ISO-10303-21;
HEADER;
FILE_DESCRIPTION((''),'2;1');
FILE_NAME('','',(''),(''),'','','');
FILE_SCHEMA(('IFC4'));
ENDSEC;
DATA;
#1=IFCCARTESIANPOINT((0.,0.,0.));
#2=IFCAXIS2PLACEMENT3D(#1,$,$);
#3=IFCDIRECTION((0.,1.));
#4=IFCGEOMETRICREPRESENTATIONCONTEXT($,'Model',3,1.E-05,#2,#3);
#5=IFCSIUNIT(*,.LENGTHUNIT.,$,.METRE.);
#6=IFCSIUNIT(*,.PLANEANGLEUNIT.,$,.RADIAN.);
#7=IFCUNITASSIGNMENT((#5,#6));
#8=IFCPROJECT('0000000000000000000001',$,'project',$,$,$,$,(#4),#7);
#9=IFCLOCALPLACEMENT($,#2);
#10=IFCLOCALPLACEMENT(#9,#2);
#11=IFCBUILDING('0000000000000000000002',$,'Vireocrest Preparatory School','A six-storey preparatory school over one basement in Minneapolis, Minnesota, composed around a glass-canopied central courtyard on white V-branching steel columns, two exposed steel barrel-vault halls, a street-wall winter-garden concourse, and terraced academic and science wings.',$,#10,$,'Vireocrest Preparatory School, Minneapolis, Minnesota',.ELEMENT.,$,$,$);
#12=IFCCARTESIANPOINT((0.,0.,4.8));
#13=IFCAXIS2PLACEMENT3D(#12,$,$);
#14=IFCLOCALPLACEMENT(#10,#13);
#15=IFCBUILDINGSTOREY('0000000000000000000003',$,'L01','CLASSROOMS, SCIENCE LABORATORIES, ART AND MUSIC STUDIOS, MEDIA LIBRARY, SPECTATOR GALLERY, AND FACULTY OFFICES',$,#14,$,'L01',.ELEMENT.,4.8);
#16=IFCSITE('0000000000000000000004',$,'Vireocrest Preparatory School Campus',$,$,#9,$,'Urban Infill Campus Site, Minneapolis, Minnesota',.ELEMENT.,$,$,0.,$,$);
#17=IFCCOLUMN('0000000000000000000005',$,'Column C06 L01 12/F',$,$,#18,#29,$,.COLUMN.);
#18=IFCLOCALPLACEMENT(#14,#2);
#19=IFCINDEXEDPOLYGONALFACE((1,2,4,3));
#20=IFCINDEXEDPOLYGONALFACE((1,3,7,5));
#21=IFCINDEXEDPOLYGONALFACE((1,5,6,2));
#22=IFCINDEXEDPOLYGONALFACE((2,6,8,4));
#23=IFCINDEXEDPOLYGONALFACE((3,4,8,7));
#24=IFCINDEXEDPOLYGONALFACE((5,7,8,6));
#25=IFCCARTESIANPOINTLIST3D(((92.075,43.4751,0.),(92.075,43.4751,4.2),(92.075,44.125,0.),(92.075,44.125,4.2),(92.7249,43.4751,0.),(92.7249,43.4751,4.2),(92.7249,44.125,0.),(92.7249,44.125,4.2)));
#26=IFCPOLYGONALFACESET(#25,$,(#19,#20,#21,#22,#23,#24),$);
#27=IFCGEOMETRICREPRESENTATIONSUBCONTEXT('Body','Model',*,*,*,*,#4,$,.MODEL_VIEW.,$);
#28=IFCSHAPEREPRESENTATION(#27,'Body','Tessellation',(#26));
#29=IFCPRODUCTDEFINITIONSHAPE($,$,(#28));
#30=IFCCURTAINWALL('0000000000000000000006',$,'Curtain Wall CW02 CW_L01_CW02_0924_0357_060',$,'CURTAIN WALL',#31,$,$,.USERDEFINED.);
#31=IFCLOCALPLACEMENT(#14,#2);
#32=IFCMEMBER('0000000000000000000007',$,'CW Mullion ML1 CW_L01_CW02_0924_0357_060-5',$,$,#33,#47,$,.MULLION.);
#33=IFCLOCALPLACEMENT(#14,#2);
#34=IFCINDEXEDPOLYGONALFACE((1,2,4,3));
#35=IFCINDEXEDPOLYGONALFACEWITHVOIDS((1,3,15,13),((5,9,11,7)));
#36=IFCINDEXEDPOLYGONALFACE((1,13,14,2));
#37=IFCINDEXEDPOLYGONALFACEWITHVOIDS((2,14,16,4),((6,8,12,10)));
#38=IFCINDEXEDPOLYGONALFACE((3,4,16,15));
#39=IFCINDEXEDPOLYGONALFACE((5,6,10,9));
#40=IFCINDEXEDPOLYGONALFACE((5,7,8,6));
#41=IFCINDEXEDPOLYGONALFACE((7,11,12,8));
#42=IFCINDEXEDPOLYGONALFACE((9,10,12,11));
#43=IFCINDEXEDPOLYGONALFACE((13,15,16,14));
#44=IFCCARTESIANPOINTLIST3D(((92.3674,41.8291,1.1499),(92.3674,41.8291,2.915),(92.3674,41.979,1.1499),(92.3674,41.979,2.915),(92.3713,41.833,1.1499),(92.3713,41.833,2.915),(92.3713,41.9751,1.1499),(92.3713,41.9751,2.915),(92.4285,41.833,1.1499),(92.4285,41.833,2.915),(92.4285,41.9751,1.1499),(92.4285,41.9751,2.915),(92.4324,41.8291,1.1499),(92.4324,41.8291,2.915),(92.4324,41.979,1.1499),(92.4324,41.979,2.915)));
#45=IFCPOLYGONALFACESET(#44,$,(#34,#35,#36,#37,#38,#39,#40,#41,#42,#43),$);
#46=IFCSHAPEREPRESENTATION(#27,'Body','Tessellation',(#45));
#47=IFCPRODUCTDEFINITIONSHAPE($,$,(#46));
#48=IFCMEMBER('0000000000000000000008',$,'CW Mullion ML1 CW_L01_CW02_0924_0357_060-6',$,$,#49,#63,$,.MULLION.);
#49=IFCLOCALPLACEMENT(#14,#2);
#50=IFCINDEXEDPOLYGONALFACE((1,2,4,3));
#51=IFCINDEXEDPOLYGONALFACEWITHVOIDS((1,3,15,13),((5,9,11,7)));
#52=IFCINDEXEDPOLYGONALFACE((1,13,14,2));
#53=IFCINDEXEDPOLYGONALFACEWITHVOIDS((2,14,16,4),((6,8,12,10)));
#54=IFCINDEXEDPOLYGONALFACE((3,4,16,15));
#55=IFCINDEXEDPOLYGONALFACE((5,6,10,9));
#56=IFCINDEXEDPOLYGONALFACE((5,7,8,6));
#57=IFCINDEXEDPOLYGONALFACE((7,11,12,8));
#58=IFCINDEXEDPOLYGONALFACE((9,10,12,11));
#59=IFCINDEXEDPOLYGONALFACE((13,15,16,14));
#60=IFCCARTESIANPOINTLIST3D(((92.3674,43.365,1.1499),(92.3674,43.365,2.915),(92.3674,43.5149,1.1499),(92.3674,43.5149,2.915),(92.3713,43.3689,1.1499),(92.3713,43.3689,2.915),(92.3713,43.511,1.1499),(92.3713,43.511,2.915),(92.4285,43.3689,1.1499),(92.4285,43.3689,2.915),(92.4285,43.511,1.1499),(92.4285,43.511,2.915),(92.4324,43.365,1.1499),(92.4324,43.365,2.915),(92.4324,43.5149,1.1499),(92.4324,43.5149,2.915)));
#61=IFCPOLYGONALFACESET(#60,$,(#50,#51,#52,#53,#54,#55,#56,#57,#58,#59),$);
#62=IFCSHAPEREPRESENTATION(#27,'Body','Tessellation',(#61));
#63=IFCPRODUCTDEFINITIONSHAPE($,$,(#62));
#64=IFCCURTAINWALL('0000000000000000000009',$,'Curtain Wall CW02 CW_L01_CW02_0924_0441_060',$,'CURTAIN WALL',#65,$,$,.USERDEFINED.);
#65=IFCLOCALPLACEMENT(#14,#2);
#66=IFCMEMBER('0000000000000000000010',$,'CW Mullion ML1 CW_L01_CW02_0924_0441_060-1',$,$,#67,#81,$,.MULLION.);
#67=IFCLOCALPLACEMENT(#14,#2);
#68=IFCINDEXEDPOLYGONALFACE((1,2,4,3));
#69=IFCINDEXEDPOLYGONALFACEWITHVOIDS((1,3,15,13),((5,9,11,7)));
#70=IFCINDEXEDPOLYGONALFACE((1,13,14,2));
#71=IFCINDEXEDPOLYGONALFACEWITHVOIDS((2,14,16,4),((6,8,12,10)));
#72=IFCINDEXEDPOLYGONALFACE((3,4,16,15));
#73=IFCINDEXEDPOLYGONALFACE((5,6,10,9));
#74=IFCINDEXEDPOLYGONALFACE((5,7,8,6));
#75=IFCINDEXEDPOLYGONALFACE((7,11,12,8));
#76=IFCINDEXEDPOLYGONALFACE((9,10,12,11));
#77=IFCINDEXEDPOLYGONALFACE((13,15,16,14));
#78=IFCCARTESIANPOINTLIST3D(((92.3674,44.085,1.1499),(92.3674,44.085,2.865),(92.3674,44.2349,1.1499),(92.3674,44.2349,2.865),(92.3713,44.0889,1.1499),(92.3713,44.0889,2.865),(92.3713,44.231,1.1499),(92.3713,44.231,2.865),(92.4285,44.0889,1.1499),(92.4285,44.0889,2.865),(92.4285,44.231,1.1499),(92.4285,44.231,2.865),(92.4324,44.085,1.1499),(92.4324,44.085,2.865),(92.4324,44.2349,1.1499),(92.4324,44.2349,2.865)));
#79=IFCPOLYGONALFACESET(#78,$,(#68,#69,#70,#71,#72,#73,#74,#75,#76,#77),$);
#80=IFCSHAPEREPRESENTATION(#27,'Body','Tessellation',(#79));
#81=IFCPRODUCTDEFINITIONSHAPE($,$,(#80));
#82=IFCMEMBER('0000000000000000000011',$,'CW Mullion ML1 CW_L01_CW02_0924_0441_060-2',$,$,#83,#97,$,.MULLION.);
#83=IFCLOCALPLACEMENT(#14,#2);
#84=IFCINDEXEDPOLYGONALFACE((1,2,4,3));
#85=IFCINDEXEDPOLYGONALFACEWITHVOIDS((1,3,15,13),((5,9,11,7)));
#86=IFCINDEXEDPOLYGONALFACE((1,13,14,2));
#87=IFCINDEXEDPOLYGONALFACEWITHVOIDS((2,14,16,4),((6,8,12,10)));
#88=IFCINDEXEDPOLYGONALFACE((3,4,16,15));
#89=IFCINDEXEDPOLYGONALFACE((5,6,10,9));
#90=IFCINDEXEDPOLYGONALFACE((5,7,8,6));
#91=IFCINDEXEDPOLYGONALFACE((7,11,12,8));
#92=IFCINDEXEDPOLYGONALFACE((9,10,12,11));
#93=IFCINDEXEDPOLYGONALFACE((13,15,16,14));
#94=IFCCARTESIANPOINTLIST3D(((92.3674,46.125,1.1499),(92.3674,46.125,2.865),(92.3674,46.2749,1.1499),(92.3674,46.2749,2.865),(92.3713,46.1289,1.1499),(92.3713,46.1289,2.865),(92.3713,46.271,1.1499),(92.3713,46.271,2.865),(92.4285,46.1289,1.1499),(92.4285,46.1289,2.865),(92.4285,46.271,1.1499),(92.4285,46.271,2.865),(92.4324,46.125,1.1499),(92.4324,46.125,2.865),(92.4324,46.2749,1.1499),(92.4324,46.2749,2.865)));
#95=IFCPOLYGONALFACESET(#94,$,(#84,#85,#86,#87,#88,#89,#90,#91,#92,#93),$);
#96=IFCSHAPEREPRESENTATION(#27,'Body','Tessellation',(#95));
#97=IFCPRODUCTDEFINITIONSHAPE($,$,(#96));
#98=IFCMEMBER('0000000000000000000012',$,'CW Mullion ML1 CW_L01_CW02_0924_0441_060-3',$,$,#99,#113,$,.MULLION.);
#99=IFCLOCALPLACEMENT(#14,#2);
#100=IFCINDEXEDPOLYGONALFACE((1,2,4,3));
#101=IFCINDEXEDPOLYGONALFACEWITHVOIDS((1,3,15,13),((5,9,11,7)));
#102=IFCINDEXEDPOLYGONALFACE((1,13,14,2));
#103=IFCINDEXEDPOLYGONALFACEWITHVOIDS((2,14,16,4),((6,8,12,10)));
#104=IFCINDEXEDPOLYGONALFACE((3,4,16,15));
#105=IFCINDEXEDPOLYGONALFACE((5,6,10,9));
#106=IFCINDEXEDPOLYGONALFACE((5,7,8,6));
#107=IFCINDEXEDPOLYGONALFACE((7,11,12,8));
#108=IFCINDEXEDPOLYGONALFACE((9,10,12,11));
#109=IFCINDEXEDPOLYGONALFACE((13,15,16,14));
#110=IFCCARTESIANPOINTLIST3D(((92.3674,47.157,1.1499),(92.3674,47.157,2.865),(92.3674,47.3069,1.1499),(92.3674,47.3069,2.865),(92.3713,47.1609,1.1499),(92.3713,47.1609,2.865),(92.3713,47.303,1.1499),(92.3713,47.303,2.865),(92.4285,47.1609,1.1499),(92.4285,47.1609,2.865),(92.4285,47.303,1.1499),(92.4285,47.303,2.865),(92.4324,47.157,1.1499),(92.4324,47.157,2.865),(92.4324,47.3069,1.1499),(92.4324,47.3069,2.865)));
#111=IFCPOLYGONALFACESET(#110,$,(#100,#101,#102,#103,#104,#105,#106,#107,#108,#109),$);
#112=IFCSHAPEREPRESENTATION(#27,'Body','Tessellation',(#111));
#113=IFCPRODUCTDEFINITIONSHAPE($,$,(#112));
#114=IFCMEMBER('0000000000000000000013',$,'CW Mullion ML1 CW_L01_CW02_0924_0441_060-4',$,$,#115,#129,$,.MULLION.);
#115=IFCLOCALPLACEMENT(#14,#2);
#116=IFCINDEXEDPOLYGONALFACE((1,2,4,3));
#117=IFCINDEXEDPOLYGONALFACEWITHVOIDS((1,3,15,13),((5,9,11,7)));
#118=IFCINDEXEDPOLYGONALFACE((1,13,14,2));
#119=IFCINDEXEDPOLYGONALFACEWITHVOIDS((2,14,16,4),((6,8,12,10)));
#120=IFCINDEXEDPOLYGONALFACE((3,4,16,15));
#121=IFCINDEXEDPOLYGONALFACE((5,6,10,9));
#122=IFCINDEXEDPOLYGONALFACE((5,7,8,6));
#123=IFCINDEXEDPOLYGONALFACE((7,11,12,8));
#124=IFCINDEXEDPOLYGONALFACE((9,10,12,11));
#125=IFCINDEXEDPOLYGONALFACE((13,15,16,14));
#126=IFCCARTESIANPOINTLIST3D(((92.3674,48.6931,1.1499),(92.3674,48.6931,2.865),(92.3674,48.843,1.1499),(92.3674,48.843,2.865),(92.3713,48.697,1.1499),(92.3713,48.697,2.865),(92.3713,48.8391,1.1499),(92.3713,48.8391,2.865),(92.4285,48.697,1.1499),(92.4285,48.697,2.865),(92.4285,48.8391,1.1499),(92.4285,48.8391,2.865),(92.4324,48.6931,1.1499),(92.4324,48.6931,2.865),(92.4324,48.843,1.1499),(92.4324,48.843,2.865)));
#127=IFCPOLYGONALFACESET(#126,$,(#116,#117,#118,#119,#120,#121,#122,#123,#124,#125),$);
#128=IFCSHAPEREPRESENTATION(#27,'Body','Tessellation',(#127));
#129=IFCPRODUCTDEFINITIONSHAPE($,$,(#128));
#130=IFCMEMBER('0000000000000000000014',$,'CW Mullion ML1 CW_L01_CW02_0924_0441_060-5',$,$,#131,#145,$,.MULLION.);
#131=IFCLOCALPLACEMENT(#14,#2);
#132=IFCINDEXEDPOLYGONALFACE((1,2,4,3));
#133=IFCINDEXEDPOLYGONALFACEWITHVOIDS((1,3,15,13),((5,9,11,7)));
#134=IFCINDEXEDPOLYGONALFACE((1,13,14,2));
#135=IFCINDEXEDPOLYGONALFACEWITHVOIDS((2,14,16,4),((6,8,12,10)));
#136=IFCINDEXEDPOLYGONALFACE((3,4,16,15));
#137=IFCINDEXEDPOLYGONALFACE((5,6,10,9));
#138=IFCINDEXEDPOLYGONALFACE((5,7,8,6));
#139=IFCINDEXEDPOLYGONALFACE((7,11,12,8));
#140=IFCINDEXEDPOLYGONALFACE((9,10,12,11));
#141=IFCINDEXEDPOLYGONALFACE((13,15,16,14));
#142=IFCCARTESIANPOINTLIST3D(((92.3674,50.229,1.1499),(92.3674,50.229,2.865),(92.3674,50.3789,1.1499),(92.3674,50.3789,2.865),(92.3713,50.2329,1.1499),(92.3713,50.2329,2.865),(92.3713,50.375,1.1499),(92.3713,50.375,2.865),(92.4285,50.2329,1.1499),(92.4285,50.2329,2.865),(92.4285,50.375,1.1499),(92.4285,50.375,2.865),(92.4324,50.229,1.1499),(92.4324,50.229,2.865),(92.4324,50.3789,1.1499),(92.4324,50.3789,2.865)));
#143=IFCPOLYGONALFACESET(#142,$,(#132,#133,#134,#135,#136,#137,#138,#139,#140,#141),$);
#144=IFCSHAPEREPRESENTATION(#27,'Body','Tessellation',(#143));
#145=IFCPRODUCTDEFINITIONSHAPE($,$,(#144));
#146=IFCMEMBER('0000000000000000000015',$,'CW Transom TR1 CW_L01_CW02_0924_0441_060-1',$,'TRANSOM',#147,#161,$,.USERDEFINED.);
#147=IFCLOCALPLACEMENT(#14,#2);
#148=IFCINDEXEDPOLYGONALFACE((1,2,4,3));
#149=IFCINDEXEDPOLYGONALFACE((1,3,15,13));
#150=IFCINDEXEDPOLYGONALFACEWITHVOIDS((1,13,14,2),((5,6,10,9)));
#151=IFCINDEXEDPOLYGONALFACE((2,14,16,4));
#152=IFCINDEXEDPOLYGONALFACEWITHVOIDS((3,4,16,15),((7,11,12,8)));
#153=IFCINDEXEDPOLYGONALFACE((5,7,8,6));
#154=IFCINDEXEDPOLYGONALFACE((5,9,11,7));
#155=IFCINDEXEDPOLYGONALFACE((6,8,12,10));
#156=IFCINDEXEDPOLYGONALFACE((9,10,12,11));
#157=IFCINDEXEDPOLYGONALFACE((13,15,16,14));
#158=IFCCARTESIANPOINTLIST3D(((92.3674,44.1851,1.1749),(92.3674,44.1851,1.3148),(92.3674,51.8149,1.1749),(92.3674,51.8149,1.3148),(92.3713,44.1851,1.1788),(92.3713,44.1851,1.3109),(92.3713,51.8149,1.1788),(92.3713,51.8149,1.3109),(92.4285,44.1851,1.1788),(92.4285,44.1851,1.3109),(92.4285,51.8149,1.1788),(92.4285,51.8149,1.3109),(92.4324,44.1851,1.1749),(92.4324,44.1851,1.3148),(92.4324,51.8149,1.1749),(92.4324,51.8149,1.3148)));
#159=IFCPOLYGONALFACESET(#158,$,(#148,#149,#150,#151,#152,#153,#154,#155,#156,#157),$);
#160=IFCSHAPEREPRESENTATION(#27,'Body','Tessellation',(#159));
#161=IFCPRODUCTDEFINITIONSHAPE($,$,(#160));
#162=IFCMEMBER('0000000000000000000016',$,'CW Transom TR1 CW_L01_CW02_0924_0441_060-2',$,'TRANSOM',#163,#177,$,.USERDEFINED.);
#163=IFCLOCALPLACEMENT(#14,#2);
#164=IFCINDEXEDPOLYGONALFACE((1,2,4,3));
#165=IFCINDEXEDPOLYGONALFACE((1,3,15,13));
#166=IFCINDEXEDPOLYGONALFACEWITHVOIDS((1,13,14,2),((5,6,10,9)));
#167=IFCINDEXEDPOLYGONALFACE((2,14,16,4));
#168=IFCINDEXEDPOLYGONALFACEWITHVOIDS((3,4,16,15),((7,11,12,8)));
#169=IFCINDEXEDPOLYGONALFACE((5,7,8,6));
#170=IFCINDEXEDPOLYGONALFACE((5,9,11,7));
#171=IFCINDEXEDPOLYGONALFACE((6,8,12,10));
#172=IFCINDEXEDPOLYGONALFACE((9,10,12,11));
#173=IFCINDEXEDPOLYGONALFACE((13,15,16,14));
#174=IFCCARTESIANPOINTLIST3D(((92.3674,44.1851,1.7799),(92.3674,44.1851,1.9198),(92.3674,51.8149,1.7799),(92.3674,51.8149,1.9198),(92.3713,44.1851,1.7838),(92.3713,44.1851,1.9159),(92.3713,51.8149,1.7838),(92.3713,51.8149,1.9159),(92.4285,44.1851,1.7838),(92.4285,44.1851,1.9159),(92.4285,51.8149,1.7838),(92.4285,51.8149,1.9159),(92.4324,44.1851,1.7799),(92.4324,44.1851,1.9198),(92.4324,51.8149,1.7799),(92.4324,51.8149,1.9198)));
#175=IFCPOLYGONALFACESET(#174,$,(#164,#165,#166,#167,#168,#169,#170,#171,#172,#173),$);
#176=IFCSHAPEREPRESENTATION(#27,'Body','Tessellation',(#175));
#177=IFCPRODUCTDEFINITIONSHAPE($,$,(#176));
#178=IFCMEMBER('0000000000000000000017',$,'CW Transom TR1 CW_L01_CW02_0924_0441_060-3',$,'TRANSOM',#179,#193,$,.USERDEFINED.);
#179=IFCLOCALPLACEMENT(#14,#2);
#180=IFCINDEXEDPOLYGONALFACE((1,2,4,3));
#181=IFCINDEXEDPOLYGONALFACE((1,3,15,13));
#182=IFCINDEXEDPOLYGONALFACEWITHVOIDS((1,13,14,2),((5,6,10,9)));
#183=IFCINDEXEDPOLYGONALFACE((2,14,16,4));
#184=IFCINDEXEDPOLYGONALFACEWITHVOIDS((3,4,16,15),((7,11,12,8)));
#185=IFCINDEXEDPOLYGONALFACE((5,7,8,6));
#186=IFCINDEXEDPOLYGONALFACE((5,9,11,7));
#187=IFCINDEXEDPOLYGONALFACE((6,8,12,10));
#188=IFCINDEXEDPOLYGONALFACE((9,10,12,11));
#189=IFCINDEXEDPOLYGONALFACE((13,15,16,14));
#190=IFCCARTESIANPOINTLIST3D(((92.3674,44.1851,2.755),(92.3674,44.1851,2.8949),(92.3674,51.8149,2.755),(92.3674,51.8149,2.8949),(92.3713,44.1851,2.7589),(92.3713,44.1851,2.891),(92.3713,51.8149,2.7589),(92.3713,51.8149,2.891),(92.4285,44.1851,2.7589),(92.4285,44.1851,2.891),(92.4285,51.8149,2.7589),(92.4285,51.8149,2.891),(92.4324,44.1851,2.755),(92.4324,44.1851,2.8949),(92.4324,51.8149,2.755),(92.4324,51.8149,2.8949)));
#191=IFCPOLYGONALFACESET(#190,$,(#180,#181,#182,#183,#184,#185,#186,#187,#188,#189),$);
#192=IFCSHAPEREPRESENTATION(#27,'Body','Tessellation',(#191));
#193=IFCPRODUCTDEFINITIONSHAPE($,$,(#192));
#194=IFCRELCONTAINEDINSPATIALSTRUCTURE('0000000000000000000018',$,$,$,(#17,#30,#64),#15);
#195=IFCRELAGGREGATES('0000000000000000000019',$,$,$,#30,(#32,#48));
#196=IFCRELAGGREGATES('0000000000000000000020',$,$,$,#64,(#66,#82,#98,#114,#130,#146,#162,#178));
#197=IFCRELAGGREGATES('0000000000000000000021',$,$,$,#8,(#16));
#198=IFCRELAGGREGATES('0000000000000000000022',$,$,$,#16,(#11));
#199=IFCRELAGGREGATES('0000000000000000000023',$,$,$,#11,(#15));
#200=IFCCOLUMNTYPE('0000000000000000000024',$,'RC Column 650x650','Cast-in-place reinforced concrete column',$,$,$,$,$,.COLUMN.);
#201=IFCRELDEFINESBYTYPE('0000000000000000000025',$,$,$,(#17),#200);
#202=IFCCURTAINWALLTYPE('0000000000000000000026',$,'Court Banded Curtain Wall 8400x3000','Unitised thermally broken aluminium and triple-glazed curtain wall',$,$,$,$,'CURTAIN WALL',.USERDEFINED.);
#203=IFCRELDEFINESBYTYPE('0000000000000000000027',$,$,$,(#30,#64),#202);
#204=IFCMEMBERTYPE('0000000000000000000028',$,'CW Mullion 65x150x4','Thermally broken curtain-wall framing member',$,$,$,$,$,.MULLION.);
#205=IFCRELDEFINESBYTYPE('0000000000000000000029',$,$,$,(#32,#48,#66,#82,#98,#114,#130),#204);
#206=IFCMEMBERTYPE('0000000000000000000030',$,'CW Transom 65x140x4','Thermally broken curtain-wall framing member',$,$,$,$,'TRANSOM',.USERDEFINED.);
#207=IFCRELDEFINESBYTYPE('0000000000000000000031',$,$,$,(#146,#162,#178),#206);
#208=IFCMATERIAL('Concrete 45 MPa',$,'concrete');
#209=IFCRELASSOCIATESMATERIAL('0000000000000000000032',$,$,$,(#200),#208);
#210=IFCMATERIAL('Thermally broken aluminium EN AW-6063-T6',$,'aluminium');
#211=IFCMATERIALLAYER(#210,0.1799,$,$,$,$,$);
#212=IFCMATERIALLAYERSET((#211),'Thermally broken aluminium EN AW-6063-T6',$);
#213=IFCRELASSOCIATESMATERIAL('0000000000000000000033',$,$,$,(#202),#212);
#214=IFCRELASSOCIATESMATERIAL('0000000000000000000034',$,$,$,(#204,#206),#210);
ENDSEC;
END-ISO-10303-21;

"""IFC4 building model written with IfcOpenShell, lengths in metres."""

from ifc_helpers import new_model, si_unit, direction, frame, origin, origin_2d, place, context, subcontext, project, spatial, rectangle, hollow_rectangle, extrude, material, layer, layer_set, material_profile, profile_set, type_object, element, aggregate, save


model = new_model("IFC4")

# Units and contexts
model_context = context("Model", 3, precision=1e-05, world=origin(), true_north=direction((0.0, 1.0)))
body_context = subcontext(model_context, "Body", "Model", "MODEL_VIEW")
ifc_project = project(units=[si_unit("LENGTHUNIT", "METRE"), si_unit("PLANEANGLEUNIT", "RADIAN")], contexts=[model_context])

# Site, building, storey
site_placement = place(None, origin())
site = spatial("IfcSite", under=ifc_project, at=site_placement, Name="Vireocrest Preparatory School Campus", LongName="Urban Infill Campus Site, Minneapolis, Minnesota", CompositionType="ELEMENT", RefElevation=0.0)
building_placement = place(site_placement, origin())
building = spatial("IfcBuilding", under=site, at=building_placement, Name="Vireocrest Preparatory School", Description="A six-storey preparatory school over one basement in Minneapolis, Minnesota, composed around a glass-canopied central courtyard on white V-branching steel columns, two exposed steel barrel-vault halls, a street-wall winter-garden concourse, and terraced academic and science wings.", LongName="Vireocrest Preparatory School, Minneapolis, Minnesota", CompositionType="ELEMENT")
storey_placement = place(building_placement, frame((0.0, 0.0, 4.8)))
storey = spatial("IfcBuildingStorey", under=building, at=storey_placement, Name="L01", Description="CLASSROOMS, SCIENCE LABORATORIES, ART AND MUSIC STUDIOS, MEDIA LIBRARY, SPECTATOR GALLERY, AND FACULTY OFFICES", LongName="L01", CompositionType="ELEMENT", Elevation=4.8)

# Column
ifc_material_1 = material(Name="Concrete 45 MPa", Category="concrete")
ifc_material_profile_1 = material_profile(ifc_material_1, rectangle(XDim=0.6499, YDim=0.6499, at=origin_2d()), Name="RC 650x650")
ifc_profile_set_1 = profile_set([ifc_material_profile_1], Name="Concrete 45 MPa")
column_type = type_object("IfcColumnType", Name="RC Column 650x650", Description="Cast-in-place reinforced concrete column", PredefinedType="COLUMN", material=ifc_profile_set_1)
column_placement = place(storey_placement, frame((92.3999, 43.8, 0.0), z_axis=(0.0, 0.0, 1.0), x_axis=(1.0, 0.0, 0.0)))
element("IfcColumn", 1, at=column_placement, inside=storey, type_object=column_type, Name="Column C06 L01 12/F", PredefinedType="COLUMN", context=body_context, shape_type="SweptSolid", body=[
    extrude(rectangle(XDim=0.6499, YDim=0.6499, at=origin_2d()), origin(), (0.0, 0.0, 1.0), 4.2),
])

# Curtain walls, members
ifc_material_2 = material(Name="Thermally broken aluminium EN AW-6063-T6", Category="aluminium")
ifc_layer_1 = layer(ifc_material_2, 0.1799)
ifc_layer_set_1 = layer_set([ifc_layer_1], Name="Thermally broken aluminium EN AW-6063-T6")
curtain_wall_type = type_object("IfcCurtainWallType", Name="Court Banded Curtain Wall 8400x3000", Description="Unitised thermally broken aluminium and triple-glazed curtain wall", ElementType="CURTAIN WALL", PredefinedType="USERDEFINED", material=ifc_layer_set_1)
curtain_wall_1_placement = place(storey_placement, origin())
curtain_wall_1 = element("IfcCurtainWall", 2, at=curtain_wall_1_placement, inside=storey, type_object=curtain_wall_type, Name="Curtain Wall CW02 CW_L01_CW02_0924_0357_060", ObjectType="CURTAIN WALL", PredefinedType="USERDEFINED")
ifc_material_profile_2 = material_profile(ifc_material_2, hollow_rectangle(XDim=0.0649, YDim=0.1499, WallThickness=0.0039, at=origin_2d()), Name="ALU 65x150x4")
ifc_profile_set_2 = profile_set([ifc_material_profile_2], Name="Thermally broken aluminium EN AW-6063-T6")
member_type_1 = type_object("IfcMemberType", Name="CW Mullion 65x150x4", Description="Thermally broken curtain-wall framing member", PredefinedType="MULLION", material=ifc_profile_set_2)
member_1_placement = place(storey_placement, frame((92.3999, 41.9041, 1.1499), z_axis=(0.0, 0.0, 1.0), x_axis=(1.0, 0.0, 0.0)))
member_1 = element("IfcMember", 3, at=member_1_placement, type_object=member_type_1, Name="CW Mullion ML1 CW_L01_CW02_0924_0357_060-5", PredefinedType="MULLION", context=body_context, shape_type="SweptSolid", body=[
    extrude(hollow_rectangle(XDim=0.0649, YDim=0.1499, WallThickness=0.0039, at=origin_2d()), origin(), (0.0, 0.0, 1.0), 1.7651),
])
member_2_placement = place(storey_placement, frame((92.3999, 43.4399, 1.1499), z_axis=(0.0, 0.0, 1.0), x_axis=(1.0, 0.0, 0.0)))
member_2 = element("IfcMember", 4, at=member_2_placement, type_object=member_type_1, Name="CW Mullion ML1 CW_L01_CW02_0924_0357_060-6", PredefinedType="MULLION", context=body_context, shape_type="SweptSolid", body=[
    extrude(hollow_rectangle(XDim=0.0649, YDim=0.1499, WallThickness=0.0039, at=origin_2d()), origin(), (0.0, 0.0, 1.0), 1.7651),
])
curtain_wall_2_placement = place(storey_placement, origin())
curtain_wall_2 = element("IfcCurtainWall", 5, at=curtain_wall_2_placement, inside=storey, type_object=curtain_wall_type, Name="Curtain Wall CW02 CW_L01_CW02_0924_0441_060", ObjectType="CURTAIN WALL", PredefinedType="USERDEFINED")
member_3_placement = place(storey_placement, frame((92.3999, 44.1599, 1.1499), z_axis=(0.0, 0.0, 1.0), x_axis=(1.0, 0.0, 0.0)))
member_3 = element("IfcMember", 6, at=member_3_placement, type_object=member_type_1, Name="CW Mullion ML1 CW_L01_CW02_0924_0441_060-1", PredefinedType="MULLION", context=body_context, shape_type="SweptSolid", body=[
    extrude(hollow_rectangle(XDim=0.0649, YDim=0.1499, WallThickness=0.0039, at=origin_2d()), origin(), (0.0, 0.0, 1.0), 1.7151),
])
member_4_placement = place(storey_placement, frame((92.3999, 46.2, 1.1499), z_axis=(0.0, 0.0, 1.0), x_axis=(1.0, 0.0, 0.0)))
member_4 = element("IfcMember", 7, at=member_4_placement, type_object=member_type_1, Name="CW Mullion ML1 CW_L01_CW02_0924_0441_060-2", PredefinedType="MULLION", context=body_context, shape_type="SweptSolid", body=[
    extrude(hollow_rectangle(XDim=0.0649, YDim=0.1499, WallThickness=0.0039, at=origin_2d()), origin(), (0.0, 0.0, 1.0), 1.7151),
])
member_5_placement = place(storey_placement, frame((92.3999, 47.2319, 1.1499), z_axis=(0.0, 0.0, 1.0), x_axis=(1.0, 0.0, 0.0)))
member_5 = element("IfcMember", 8, at=member_5_placement, type_object=member_type_1, Name="CW Mullion ML1 CW_L01_CW02_0924_0441_060-3", PredefinedType="MULLION", context=body_context, shape_type="SweptSolid", body=[
    extrude(hollow_rectangle(XDim=0.0649, YDim=0.1499, WallThickness=0.0039, at=origin_2d()), origin(), (0.0, 0.0, 1.0), 1.7151),
])
member_6_placement = place(storey_placement, frame((92.3999, 48.7681, 1.1499), z_axis=(0.0, 0.0, 1.0), x_axis=(1.0, 0.0, 0.0)))
member_6 = element("IfcMember", 9, at=member_6_placement, type_object=member_type_1, Name="CW Mullion ML1 CW_L01_CW02_0924_0441_060-4", PredefinedType="MULLION", context=body_context, shape_type="SweptSolid", body=[
    extrude(hollow_rectangle(XDim=0.0649, YDim=0.1499, WallThickness=0.0039, at=origin_2d()), origin(), (0.0, 0.0, 1.0), 1.7151),
])
member_7_placement = place(storey_placement, frame((92.3999, 50.304, 1.1499), z_axis=(0.0, 0.0, 1.0), x_axis=(1.0, 0.0, 0.0)))
member_7 = element("IfcMember", 10, at=member_7_placement, type_object=member_type_1, Name="CW Mullion ML1 CW_L01_CW02_0924_0441_060-5", PredefinedType="MULLION", context=body_context, shape_type="SweptSolid", body=[
    extrude(hollow_rectangle(XDim=0.0649, YDim=0.1499, WallThickness=0.0039, at=origin_2d()), origin(), (0.0, 0.0, 1.0), 1.7151),
])
ifc_material_profile_3 = material_profile(ifc_material_2, hollow_rectangle(XDim=0.0649, YDim=0.1399, WallThickness=0.0039, at=origin_2d()), Name="ALU 65x140x4")
ifc_profile_set_3 = profile_set([ifc_material_profile_3], Name="Thermally broken aluminium EN AW-6063-T6")
member_type_2 = type_object("IfcMemberType", Name="CW Transom 65x140x4", Description="Thermally broken curtain-wall framing member", ElementType="TRANSOM", PredefinedType="USERDEFINED", material=ifc_profile_set_3)
member_8_placement = place(storey_placement, frame((92.3999, 44.1851, 1.2449), z_axis=(0.0, 1.0, 0.0), x_axis=(-1.0, 0.0, 0.0)))
member_8 = element("IfcMember", 11, at=member_8_placement, type_object=member_type_2, Name="CW Transom TR1 CW_L01_CW02_0924_0441_060-1", ObjectType="TRANSOM", PredefinedType="USERDEFINED", context=body_context, shape_type="SweptSolid", body=[
    extrude(hollow_rectangle(XDim=0.0649, YDim=0.1399, WallThickness=0.0039, at=origin_2d()), origin(), (0.0, 0.0, 1.0), 7.6299),
])
member_9_placement = place(storey_placement, frame((92.3999, 44.1851, 1.8499), z_axis=(0.0, 1.0, 0.0), x_axis=(-1.0, 0.0, 0.0)))
member_9 = element("IfcMember", 12, at=member_9_placement, type_object=member_type_2, Name="CW Transom TR1 CW_L01_CW02_0924_0441_060-2", ObjectType="TRANSOM", PredefinedType="USERDEFINED", context=body_context, shape_type="SweptSolid", body=[
    extrude(hollow_rectangle(XDim=0.0649, YDim=0.1399, WallThickness=0.0039, at=origin_2d()), origin(), (0.0, 0.0, 1.0), 7.6299),
])
member_10_placement = place(storey_placement, frame((92.3999, 44.1851, 2.825), z_axis=(0.0, 1.0, 0.0), x_axis=(-1.0, 0.0, 0.0)))
member_10 = element("IfcMember", 13, at=member_10_placement, type_object=member_type_2, Name="CW Transom TR1 CW_L01_CW02_0924_0441_060-3", ObjectType="TRANSOM", PredefinedType="USERDEFINED", context=body_context, shape_type="SweptSolid", body=[
    extrude(hollow_rectangle(XDim=0.0649, YDim=0.1399, WallThickness=0.0039, at=origin_2d()), origin(), (0.0, 0.0, 1.0), 7.6299),
])

aggregate(curtain_wall_1, [member_1, member_2])
aggregate(curtain_wall_2, [member_3, member_4, member_5, member_6, member_7, member_8, member_9, member_10])

save(model, "model.ifc")
